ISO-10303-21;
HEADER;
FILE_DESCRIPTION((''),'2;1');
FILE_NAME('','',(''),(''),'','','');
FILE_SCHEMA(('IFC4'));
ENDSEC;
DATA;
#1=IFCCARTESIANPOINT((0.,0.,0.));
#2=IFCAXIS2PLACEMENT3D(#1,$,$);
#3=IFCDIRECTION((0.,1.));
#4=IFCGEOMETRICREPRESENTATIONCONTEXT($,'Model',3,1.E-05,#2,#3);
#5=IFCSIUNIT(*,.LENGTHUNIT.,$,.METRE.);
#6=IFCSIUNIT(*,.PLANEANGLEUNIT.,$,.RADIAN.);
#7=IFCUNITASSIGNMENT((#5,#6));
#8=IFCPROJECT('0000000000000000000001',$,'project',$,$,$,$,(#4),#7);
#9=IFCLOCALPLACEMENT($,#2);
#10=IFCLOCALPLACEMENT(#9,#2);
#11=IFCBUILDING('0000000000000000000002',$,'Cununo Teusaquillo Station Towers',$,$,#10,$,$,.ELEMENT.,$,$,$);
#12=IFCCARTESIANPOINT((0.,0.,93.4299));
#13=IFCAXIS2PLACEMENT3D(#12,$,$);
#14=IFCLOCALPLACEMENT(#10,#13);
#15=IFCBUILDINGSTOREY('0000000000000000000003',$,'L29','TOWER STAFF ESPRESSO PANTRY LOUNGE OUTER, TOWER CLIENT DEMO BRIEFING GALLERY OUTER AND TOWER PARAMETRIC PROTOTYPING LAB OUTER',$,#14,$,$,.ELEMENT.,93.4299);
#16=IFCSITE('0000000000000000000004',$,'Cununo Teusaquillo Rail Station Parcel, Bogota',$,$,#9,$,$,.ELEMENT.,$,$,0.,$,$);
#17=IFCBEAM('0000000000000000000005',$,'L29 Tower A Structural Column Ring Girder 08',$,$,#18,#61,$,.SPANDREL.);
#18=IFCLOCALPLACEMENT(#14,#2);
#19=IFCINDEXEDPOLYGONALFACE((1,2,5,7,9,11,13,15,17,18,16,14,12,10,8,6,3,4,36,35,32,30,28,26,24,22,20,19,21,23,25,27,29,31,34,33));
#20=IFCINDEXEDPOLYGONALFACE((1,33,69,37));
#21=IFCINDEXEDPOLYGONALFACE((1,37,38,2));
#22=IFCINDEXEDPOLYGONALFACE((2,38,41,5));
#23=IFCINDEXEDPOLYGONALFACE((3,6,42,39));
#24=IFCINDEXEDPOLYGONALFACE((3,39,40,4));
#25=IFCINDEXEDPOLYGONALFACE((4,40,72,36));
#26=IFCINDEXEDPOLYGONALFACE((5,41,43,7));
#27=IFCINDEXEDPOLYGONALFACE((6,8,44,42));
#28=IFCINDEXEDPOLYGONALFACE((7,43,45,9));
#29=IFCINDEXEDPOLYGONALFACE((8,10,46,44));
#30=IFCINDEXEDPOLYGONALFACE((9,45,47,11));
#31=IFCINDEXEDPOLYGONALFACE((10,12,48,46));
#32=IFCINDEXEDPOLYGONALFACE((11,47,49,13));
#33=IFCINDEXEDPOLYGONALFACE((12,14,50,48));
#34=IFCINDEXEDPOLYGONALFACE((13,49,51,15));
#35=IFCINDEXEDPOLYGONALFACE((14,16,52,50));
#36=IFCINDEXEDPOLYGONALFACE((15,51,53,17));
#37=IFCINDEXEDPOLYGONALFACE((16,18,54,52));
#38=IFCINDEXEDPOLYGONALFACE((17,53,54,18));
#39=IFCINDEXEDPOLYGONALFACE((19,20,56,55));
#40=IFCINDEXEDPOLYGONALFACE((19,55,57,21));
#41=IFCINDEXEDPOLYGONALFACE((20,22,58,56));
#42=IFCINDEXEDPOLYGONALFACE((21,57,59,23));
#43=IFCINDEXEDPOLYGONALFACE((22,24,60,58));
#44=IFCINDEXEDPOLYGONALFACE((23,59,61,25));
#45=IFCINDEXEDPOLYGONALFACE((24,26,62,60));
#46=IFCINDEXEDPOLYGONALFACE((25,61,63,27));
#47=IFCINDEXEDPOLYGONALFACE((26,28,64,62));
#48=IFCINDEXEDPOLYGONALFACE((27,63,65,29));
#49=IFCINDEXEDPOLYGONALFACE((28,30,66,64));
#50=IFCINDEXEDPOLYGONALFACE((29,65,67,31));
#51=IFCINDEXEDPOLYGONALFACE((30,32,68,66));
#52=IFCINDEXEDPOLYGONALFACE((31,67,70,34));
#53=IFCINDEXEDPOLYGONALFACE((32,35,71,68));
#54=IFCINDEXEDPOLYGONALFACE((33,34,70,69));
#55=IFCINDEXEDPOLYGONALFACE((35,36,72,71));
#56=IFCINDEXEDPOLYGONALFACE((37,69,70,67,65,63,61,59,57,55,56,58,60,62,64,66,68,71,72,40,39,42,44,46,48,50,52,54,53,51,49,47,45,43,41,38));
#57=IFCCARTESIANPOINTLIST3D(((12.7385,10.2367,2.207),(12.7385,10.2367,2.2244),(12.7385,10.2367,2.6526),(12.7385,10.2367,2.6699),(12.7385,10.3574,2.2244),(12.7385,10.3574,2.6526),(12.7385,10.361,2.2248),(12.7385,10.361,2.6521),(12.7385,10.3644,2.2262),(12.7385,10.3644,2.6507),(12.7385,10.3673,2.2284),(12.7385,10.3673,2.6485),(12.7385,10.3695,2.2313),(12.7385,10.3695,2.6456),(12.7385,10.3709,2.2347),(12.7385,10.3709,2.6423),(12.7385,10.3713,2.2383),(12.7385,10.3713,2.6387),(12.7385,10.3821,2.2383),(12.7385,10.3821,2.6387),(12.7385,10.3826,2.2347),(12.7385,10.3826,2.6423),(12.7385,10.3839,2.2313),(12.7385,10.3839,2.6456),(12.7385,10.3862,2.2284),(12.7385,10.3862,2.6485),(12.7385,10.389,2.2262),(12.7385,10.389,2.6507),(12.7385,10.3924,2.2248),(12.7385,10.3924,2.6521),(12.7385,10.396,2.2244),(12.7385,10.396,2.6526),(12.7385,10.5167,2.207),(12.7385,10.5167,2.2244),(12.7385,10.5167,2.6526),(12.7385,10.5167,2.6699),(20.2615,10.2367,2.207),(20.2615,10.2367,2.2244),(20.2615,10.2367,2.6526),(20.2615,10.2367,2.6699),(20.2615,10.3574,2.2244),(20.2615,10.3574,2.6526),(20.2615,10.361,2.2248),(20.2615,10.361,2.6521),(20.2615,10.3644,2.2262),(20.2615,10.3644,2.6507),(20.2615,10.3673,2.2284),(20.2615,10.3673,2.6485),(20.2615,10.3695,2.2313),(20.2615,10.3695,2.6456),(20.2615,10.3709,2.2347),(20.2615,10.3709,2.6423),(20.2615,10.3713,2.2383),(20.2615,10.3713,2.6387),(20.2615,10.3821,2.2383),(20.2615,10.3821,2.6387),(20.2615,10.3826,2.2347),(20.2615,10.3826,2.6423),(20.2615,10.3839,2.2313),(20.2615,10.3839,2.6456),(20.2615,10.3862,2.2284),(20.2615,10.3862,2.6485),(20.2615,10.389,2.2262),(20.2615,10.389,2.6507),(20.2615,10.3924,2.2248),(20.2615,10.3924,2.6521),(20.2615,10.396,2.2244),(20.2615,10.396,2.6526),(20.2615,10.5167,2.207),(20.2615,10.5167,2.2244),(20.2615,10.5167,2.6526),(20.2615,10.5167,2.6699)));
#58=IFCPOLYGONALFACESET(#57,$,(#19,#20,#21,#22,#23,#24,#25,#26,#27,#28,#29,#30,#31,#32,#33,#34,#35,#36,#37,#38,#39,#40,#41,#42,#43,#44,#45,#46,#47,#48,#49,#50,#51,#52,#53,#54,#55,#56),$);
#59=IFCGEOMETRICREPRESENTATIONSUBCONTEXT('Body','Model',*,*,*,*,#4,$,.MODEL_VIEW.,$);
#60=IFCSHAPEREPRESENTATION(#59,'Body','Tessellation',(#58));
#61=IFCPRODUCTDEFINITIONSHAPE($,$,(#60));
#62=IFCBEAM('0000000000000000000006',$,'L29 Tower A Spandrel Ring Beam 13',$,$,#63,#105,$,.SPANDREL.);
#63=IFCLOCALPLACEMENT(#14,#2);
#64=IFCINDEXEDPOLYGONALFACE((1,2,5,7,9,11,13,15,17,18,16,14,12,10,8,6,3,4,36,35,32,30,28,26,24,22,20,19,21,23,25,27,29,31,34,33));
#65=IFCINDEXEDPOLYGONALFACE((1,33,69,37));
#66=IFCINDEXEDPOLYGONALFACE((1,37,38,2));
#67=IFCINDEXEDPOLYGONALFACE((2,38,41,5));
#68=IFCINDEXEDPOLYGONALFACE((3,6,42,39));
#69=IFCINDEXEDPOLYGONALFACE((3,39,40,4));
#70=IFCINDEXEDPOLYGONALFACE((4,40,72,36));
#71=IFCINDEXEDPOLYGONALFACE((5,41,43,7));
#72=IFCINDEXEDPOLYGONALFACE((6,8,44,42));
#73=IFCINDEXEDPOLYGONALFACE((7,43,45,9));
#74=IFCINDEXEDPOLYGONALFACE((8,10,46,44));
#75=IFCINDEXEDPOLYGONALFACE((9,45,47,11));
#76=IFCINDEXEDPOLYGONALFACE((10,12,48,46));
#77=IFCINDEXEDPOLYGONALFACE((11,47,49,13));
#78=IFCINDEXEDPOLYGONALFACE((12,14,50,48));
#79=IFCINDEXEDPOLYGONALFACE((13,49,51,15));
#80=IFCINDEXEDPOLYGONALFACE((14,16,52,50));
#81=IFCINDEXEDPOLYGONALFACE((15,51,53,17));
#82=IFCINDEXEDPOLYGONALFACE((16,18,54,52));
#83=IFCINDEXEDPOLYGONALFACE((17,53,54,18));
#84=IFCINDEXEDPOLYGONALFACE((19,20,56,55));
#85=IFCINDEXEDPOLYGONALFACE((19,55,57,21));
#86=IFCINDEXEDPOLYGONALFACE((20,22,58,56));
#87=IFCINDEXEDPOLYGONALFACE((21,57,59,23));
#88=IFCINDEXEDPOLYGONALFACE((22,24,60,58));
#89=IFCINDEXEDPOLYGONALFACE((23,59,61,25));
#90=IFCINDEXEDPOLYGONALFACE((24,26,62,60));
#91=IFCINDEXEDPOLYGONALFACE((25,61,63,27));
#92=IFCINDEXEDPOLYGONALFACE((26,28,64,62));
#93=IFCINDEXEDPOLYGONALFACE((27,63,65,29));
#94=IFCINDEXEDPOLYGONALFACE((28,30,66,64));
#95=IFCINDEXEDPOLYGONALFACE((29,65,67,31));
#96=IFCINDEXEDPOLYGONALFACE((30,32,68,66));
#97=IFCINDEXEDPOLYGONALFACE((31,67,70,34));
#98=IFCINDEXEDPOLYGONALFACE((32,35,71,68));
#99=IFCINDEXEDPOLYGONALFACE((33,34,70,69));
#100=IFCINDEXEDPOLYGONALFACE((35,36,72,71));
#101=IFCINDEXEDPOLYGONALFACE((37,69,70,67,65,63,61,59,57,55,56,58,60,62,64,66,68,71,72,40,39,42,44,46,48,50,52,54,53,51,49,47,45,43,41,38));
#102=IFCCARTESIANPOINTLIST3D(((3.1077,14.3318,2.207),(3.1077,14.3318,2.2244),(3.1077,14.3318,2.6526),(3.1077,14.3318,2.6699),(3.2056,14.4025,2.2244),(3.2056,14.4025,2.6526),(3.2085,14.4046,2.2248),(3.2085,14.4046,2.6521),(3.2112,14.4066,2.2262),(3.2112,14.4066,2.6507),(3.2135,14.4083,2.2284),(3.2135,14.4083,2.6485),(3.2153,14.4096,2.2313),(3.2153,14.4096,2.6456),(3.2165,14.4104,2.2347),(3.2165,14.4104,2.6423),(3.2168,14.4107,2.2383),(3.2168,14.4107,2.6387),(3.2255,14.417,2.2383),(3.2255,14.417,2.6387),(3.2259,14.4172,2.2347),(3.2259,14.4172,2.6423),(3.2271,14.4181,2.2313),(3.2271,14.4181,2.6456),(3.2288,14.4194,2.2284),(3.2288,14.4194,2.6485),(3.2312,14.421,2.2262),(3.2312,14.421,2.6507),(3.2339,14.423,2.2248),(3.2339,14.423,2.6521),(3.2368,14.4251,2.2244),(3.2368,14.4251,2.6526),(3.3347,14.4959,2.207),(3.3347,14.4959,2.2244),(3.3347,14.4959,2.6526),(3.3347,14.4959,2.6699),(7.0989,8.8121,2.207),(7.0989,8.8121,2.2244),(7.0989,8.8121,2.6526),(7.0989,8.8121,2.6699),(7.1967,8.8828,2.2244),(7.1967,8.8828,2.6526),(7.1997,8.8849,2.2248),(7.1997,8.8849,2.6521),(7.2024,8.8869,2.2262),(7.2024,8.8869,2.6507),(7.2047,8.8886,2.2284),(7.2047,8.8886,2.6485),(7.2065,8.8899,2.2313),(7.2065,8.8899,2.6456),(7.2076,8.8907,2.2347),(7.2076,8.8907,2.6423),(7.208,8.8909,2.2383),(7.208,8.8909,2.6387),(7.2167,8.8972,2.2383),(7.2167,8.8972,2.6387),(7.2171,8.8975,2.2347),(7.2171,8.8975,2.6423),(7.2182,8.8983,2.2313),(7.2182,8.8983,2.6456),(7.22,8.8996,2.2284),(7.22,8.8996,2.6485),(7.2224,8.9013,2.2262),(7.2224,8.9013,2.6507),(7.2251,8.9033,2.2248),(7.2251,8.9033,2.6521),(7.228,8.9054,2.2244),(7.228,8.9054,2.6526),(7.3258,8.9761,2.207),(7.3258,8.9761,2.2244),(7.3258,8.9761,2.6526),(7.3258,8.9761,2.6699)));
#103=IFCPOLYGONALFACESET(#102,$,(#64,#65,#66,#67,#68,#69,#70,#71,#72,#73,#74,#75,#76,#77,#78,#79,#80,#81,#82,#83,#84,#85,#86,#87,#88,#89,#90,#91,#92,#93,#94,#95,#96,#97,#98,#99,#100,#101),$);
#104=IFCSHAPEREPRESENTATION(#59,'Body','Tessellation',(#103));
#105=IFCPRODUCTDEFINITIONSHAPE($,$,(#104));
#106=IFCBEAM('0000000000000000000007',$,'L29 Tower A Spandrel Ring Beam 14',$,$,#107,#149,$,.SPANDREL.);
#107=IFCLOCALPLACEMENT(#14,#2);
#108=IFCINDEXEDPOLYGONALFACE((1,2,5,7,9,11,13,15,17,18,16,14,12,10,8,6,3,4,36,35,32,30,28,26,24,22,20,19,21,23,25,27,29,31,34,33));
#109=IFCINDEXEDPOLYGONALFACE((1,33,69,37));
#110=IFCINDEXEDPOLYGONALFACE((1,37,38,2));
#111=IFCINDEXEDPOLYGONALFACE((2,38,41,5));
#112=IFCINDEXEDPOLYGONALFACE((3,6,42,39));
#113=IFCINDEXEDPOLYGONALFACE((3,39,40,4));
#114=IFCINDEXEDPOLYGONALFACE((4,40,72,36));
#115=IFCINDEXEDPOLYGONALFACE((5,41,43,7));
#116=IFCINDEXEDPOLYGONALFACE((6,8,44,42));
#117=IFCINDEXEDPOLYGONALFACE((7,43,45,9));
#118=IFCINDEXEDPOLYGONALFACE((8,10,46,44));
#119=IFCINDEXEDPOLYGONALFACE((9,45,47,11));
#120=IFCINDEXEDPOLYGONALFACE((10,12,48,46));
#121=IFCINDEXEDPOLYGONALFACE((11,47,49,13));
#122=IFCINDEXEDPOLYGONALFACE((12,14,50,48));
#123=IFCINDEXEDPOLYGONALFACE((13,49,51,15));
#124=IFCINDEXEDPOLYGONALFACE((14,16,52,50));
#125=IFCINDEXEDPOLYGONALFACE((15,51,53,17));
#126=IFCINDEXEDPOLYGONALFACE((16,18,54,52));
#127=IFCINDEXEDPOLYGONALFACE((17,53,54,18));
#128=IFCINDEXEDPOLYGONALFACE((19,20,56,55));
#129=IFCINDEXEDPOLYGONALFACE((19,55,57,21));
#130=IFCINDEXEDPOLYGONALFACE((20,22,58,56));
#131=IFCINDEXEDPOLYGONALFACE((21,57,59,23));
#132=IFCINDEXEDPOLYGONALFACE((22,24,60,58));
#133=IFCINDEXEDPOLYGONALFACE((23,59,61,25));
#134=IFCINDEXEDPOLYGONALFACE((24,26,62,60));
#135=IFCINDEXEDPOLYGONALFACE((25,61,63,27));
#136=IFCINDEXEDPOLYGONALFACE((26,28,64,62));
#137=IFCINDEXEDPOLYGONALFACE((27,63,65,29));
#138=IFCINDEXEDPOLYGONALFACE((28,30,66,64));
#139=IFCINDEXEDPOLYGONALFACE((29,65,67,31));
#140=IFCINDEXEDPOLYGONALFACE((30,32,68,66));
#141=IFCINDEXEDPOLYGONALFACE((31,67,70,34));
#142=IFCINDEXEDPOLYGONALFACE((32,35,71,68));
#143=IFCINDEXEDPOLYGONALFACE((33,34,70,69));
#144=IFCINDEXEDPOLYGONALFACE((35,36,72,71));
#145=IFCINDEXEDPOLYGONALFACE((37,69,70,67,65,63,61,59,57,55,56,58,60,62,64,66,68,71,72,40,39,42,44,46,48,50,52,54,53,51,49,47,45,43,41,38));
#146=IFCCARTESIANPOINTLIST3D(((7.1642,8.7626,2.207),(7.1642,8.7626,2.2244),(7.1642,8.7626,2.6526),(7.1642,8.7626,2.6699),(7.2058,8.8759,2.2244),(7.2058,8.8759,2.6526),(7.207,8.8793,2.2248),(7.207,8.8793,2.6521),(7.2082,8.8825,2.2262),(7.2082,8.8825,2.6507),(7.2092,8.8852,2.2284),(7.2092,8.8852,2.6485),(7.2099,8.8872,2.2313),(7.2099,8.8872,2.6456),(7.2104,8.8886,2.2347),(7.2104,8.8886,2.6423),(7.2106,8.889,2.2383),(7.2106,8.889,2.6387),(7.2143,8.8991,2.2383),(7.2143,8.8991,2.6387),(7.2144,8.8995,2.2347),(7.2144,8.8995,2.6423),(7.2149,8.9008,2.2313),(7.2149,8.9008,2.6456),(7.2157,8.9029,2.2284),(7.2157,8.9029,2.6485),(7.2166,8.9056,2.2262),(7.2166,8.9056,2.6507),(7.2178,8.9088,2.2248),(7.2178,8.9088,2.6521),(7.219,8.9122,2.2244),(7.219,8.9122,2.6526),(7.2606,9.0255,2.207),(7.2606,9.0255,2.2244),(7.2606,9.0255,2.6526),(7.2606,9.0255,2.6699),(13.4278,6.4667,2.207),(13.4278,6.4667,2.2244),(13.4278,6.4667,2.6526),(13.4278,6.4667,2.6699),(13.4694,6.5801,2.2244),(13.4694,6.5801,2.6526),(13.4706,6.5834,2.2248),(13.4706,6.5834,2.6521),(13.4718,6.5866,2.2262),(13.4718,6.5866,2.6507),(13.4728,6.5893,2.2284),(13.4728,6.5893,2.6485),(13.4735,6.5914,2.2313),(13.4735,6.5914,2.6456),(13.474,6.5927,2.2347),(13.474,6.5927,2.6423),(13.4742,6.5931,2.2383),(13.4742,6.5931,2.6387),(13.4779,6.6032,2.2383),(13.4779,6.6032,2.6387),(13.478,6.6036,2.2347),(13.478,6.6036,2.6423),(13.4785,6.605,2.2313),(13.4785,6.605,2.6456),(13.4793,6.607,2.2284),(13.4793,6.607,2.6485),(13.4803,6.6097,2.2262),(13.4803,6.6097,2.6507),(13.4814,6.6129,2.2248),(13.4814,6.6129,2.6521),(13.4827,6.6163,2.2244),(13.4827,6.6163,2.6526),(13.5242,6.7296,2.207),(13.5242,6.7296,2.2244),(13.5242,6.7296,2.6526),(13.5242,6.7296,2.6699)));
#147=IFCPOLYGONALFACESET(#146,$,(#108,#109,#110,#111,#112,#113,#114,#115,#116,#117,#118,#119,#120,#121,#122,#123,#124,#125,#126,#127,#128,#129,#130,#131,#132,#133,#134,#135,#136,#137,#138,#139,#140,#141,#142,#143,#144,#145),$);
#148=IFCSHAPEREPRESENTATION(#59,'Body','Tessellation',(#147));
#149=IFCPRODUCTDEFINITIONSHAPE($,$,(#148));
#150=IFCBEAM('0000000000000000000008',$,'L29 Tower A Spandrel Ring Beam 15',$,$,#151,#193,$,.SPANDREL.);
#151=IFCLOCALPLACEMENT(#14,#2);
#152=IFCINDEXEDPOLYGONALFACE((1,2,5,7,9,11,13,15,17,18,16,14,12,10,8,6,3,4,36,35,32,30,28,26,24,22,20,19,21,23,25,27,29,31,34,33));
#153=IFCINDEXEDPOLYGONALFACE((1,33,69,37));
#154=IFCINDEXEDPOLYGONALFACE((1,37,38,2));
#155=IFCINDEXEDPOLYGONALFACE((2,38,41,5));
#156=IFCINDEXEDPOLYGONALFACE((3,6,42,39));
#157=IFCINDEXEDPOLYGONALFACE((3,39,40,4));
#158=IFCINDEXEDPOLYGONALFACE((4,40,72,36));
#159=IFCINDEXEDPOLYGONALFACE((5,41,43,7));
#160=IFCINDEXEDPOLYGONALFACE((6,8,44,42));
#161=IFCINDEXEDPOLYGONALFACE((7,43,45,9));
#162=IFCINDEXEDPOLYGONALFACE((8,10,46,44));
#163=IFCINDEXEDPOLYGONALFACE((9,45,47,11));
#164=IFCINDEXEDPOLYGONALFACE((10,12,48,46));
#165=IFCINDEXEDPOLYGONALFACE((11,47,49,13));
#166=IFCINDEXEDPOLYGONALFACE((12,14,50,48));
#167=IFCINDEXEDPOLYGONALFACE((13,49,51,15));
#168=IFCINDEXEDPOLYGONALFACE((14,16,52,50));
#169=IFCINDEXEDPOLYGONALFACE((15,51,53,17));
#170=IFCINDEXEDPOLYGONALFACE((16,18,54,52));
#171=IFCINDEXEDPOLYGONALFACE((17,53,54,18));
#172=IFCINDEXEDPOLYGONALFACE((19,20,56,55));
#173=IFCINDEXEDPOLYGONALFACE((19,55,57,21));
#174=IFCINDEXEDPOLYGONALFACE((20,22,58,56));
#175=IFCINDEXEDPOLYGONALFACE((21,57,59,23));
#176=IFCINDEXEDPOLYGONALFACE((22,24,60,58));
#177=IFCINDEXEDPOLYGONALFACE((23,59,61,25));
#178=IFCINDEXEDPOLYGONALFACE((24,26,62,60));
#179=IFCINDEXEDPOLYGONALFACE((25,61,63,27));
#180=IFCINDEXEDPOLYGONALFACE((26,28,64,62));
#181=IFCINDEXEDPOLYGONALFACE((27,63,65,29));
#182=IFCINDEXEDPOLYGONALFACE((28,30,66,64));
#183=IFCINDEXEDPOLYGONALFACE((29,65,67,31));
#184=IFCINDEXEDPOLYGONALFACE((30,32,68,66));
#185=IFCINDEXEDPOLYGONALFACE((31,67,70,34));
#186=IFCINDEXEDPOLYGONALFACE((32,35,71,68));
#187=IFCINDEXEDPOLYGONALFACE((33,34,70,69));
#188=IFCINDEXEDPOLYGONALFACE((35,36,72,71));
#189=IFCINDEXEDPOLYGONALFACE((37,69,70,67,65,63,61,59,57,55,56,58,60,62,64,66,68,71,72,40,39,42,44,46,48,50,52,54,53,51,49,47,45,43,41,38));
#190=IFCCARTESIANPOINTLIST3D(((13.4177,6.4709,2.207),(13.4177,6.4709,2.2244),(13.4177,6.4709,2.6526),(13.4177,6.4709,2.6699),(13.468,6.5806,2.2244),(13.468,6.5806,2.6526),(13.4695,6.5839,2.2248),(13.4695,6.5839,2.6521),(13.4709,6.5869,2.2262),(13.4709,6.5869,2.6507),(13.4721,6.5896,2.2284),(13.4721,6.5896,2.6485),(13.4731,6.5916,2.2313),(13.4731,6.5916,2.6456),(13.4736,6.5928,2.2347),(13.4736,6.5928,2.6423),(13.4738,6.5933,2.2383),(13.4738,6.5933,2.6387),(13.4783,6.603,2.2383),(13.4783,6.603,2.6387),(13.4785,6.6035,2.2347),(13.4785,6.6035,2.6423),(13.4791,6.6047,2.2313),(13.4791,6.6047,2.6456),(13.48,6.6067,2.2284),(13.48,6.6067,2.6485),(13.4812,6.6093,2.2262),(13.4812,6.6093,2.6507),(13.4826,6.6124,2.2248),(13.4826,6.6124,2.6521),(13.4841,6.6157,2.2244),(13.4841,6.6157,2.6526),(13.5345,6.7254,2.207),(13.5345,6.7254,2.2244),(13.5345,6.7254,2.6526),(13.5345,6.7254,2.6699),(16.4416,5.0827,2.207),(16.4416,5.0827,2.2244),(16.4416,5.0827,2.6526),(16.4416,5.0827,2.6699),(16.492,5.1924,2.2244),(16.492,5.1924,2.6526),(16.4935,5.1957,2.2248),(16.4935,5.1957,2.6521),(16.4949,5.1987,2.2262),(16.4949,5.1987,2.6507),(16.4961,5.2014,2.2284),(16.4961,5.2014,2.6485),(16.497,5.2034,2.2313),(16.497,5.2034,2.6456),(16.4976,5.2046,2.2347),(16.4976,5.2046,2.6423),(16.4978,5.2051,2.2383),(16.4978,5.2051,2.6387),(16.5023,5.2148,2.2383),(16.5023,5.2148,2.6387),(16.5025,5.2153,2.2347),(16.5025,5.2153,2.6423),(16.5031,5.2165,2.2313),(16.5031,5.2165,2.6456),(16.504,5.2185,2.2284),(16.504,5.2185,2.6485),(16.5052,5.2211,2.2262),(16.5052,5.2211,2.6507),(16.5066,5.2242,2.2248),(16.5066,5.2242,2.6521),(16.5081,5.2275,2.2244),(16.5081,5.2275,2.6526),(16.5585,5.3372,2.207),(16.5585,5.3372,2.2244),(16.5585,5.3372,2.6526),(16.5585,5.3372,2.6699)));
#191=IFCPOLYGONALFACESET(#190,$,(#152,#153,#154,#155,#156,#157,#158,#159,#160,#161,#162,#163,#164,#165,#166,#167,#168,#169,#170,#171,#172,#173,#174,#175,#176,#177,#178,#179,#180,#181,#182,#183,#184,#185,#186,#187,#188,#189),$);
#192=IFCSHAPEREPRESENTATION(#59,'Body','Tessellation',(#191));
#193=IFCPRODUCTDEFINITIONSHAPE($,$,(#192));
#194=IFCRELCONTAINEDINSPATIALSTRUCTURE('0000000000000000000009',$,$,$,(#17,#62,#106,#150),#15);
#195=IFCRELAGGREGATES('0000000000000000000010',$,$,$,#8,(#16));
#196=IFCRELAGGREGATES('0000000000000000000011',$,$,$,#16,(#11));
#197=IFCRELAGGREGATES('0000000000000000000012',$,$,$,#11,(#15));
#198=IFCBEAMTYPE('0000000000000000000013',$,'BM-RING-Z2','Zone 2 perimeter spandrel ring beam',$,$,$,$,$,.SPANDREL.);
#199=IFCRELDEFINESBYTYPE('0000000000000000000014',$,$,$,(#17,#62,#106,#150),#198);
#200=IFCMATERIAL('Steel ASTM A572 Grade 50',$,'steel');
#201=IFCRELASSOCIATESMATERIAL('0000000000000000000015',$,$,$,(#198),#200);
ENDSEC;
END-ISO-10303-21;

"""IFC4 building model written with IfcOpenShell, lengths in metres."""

from ifc_helpers import new_model, si_unit, direction, frame, origin, origin_2d, place, context, subcontext, project, spatial, i_section, extrude, material, material_profile, profile_set, type_object, element, save


model = new_model("IFC4")

# Units and contexts
model_context = context("Model", 3, precision=1e-05, world=origin(), true_north=direction((0.0, 1.0)))
body_context = subcontext(model_context, "Body", "Model", "MODEL_VIEW")
ifc_project = project(units=[si_unit("LENGTHUNIT", "METRE"), si_unit("PLANEANGLEUNIT", "RADIAN")], contexts=[model_context])

# Site, building, storey
site_placement = place(None, origin())
site = spatial("IfcSite", under=ifc_project, at=site_placement, Name="Cununo Teusaquillo Rail Station Parcel, Bogota", CompositionType="ELEMENT", RefElevation=0.0)
building_placement = place(site_placement, origin())
building = spatial("IfcBuilding", under=site, at=building_placement, Name="Cununo Teusaquillo Station Towers", CompositionType="ELEMENT")
storey_placement = place(building_placement, frame((0.0, 0.0, 93.4299)))
storey = spatial("IfcBuildingStorey", under=building, at=storey_placement, Name="L29", Description="TOWER STAFF ESPRESSO PANTRY LOUNGE OUTER, TOWER CLIENT DEMO BRIEFING GALLERY OUTER AND TOWER PARAMETRIC PROTOTYPING LAB OUTER", CompositionType="ELEMENT", Elevation=93.4299)

# Beams
ifc_material_1 = material(Name="Steel ASTM A572 Grade 50", Category="steel")
ifc_material_profile_1 = material_profile(ifc_material_1, i_section(OverallWidth=0.28, OverallDepth=0.4629, WebThickness=0.0107, FlangeThickness=0.0173, FilletRadius=0.0139, at=origin_2d()), Name="W18X76")
ifc_profile_set_1 = profile_set([ifc_material_profile_1], Name="Steel ASTM A572 Grade 50")
beam_type_1 = type_object("IfcBeamType", Name="BM-RING-Z2", Description="Zone 2 perimeter spandrel ring beam", PredefinedType="SPANDREL", material=ifc_profile_set_1)
beam_1_placement = place(storey_placement, frame((12.7385, 10.3767, 2.4385), z_axis=(1.0, 0.0, 0.0), x_axis=(0.0, 1.0, 0.0)))
element("IfcBeam", 1, at=beam_1_placement, inside=storey, type_object=beam_type_1, Name="L29 Tower A Structural Column Ring Girder 08", PredefinedType="SPANDREL", context=body_context, shape_type="SweptSolid", body=[
    extrude(i_section(OverallWidth=0.28, OverallDepth=0.4629, WebThickness=0.0107, FlangeThickness=0.0173, FilletRadius=0.0139, at=origin_2d()), origin(), (0.0, 0.0, 1.0), 7.5229),
])
beam_2_placement = place(storey_placement, frame((3.2212, 14.4138, 2.4385), z_axis=(0.585945, -0.810351, 0.0), x_axis=(0.810351, 0.585945, 0.0)))
element("IfcBeam", 2, at=beam_2_placement, inside=storey, type_object=beam_type_1, Name="L29 Tower A Spandrel Ring Beam 13", PredefinedType="SPANDREL", context=body_context, shape_type="SweptSolid", body=[
    extrude(i_section(OverallWidth=0.28, OverallDepth=0.4629, WebThickness=0.0107, FlangeThickness=0.0173, FilletRadius=0.0139, at=origin_2d()), origin(), (0.0, 0.0, 1.0), 6.8115),
])
beam_3_placement = place(storey_placement, frame((7.2124, 8.894, 2.4385), z_axis=(0.938914, -0.344151, 0.0), x_axis=(0.344151, 0.938914, 0.0)))
element("IfcBeam", 3, at=beam_3_placement, inside=storey, type_object=beam_type_1, Name="L29 Tower A Spandrel Ring Beam 14", PredefinedType="SPANDREL", context=body_context, shape_type="SweptSolid", body=[
    extrude(i_section(OverallWidth=0.28, OverallDepth=0.4629, WebThickness=0.0107, FlangeThickness=0.0173, FilletRadius=0.0139, at=origin_2d()), origin(), (0.0, 0.0, 1.0), 6.6711),
])
beam_4_placement = place(storey_placement, frame((13.4761, 6.5981, 2.4385), z_axis=(0.908812, -0.417205, 0.0), x_axis=(0.417205, 0.908812, 0.0)))
element("IfcBeam", 4, at=beam_4_placement, inside=storey, type_object=beam_type_1, Name="L29 Tower A Spandrel Ring Beam 15", PredefinedType="SPANDREL", context=body_context, shape_type="SweptSolid", body=[
    extrude(i_section(OverallWidth=0.28, OverallDepth=0.4629, WebThickness=0.0107, FlangeThickness=0.0173, FilletRadius=0.0139, at=origin_2d()), origin(), (0.0, 0.0, 1.0), 3.3274),
])

save(model, "model.ifc")
